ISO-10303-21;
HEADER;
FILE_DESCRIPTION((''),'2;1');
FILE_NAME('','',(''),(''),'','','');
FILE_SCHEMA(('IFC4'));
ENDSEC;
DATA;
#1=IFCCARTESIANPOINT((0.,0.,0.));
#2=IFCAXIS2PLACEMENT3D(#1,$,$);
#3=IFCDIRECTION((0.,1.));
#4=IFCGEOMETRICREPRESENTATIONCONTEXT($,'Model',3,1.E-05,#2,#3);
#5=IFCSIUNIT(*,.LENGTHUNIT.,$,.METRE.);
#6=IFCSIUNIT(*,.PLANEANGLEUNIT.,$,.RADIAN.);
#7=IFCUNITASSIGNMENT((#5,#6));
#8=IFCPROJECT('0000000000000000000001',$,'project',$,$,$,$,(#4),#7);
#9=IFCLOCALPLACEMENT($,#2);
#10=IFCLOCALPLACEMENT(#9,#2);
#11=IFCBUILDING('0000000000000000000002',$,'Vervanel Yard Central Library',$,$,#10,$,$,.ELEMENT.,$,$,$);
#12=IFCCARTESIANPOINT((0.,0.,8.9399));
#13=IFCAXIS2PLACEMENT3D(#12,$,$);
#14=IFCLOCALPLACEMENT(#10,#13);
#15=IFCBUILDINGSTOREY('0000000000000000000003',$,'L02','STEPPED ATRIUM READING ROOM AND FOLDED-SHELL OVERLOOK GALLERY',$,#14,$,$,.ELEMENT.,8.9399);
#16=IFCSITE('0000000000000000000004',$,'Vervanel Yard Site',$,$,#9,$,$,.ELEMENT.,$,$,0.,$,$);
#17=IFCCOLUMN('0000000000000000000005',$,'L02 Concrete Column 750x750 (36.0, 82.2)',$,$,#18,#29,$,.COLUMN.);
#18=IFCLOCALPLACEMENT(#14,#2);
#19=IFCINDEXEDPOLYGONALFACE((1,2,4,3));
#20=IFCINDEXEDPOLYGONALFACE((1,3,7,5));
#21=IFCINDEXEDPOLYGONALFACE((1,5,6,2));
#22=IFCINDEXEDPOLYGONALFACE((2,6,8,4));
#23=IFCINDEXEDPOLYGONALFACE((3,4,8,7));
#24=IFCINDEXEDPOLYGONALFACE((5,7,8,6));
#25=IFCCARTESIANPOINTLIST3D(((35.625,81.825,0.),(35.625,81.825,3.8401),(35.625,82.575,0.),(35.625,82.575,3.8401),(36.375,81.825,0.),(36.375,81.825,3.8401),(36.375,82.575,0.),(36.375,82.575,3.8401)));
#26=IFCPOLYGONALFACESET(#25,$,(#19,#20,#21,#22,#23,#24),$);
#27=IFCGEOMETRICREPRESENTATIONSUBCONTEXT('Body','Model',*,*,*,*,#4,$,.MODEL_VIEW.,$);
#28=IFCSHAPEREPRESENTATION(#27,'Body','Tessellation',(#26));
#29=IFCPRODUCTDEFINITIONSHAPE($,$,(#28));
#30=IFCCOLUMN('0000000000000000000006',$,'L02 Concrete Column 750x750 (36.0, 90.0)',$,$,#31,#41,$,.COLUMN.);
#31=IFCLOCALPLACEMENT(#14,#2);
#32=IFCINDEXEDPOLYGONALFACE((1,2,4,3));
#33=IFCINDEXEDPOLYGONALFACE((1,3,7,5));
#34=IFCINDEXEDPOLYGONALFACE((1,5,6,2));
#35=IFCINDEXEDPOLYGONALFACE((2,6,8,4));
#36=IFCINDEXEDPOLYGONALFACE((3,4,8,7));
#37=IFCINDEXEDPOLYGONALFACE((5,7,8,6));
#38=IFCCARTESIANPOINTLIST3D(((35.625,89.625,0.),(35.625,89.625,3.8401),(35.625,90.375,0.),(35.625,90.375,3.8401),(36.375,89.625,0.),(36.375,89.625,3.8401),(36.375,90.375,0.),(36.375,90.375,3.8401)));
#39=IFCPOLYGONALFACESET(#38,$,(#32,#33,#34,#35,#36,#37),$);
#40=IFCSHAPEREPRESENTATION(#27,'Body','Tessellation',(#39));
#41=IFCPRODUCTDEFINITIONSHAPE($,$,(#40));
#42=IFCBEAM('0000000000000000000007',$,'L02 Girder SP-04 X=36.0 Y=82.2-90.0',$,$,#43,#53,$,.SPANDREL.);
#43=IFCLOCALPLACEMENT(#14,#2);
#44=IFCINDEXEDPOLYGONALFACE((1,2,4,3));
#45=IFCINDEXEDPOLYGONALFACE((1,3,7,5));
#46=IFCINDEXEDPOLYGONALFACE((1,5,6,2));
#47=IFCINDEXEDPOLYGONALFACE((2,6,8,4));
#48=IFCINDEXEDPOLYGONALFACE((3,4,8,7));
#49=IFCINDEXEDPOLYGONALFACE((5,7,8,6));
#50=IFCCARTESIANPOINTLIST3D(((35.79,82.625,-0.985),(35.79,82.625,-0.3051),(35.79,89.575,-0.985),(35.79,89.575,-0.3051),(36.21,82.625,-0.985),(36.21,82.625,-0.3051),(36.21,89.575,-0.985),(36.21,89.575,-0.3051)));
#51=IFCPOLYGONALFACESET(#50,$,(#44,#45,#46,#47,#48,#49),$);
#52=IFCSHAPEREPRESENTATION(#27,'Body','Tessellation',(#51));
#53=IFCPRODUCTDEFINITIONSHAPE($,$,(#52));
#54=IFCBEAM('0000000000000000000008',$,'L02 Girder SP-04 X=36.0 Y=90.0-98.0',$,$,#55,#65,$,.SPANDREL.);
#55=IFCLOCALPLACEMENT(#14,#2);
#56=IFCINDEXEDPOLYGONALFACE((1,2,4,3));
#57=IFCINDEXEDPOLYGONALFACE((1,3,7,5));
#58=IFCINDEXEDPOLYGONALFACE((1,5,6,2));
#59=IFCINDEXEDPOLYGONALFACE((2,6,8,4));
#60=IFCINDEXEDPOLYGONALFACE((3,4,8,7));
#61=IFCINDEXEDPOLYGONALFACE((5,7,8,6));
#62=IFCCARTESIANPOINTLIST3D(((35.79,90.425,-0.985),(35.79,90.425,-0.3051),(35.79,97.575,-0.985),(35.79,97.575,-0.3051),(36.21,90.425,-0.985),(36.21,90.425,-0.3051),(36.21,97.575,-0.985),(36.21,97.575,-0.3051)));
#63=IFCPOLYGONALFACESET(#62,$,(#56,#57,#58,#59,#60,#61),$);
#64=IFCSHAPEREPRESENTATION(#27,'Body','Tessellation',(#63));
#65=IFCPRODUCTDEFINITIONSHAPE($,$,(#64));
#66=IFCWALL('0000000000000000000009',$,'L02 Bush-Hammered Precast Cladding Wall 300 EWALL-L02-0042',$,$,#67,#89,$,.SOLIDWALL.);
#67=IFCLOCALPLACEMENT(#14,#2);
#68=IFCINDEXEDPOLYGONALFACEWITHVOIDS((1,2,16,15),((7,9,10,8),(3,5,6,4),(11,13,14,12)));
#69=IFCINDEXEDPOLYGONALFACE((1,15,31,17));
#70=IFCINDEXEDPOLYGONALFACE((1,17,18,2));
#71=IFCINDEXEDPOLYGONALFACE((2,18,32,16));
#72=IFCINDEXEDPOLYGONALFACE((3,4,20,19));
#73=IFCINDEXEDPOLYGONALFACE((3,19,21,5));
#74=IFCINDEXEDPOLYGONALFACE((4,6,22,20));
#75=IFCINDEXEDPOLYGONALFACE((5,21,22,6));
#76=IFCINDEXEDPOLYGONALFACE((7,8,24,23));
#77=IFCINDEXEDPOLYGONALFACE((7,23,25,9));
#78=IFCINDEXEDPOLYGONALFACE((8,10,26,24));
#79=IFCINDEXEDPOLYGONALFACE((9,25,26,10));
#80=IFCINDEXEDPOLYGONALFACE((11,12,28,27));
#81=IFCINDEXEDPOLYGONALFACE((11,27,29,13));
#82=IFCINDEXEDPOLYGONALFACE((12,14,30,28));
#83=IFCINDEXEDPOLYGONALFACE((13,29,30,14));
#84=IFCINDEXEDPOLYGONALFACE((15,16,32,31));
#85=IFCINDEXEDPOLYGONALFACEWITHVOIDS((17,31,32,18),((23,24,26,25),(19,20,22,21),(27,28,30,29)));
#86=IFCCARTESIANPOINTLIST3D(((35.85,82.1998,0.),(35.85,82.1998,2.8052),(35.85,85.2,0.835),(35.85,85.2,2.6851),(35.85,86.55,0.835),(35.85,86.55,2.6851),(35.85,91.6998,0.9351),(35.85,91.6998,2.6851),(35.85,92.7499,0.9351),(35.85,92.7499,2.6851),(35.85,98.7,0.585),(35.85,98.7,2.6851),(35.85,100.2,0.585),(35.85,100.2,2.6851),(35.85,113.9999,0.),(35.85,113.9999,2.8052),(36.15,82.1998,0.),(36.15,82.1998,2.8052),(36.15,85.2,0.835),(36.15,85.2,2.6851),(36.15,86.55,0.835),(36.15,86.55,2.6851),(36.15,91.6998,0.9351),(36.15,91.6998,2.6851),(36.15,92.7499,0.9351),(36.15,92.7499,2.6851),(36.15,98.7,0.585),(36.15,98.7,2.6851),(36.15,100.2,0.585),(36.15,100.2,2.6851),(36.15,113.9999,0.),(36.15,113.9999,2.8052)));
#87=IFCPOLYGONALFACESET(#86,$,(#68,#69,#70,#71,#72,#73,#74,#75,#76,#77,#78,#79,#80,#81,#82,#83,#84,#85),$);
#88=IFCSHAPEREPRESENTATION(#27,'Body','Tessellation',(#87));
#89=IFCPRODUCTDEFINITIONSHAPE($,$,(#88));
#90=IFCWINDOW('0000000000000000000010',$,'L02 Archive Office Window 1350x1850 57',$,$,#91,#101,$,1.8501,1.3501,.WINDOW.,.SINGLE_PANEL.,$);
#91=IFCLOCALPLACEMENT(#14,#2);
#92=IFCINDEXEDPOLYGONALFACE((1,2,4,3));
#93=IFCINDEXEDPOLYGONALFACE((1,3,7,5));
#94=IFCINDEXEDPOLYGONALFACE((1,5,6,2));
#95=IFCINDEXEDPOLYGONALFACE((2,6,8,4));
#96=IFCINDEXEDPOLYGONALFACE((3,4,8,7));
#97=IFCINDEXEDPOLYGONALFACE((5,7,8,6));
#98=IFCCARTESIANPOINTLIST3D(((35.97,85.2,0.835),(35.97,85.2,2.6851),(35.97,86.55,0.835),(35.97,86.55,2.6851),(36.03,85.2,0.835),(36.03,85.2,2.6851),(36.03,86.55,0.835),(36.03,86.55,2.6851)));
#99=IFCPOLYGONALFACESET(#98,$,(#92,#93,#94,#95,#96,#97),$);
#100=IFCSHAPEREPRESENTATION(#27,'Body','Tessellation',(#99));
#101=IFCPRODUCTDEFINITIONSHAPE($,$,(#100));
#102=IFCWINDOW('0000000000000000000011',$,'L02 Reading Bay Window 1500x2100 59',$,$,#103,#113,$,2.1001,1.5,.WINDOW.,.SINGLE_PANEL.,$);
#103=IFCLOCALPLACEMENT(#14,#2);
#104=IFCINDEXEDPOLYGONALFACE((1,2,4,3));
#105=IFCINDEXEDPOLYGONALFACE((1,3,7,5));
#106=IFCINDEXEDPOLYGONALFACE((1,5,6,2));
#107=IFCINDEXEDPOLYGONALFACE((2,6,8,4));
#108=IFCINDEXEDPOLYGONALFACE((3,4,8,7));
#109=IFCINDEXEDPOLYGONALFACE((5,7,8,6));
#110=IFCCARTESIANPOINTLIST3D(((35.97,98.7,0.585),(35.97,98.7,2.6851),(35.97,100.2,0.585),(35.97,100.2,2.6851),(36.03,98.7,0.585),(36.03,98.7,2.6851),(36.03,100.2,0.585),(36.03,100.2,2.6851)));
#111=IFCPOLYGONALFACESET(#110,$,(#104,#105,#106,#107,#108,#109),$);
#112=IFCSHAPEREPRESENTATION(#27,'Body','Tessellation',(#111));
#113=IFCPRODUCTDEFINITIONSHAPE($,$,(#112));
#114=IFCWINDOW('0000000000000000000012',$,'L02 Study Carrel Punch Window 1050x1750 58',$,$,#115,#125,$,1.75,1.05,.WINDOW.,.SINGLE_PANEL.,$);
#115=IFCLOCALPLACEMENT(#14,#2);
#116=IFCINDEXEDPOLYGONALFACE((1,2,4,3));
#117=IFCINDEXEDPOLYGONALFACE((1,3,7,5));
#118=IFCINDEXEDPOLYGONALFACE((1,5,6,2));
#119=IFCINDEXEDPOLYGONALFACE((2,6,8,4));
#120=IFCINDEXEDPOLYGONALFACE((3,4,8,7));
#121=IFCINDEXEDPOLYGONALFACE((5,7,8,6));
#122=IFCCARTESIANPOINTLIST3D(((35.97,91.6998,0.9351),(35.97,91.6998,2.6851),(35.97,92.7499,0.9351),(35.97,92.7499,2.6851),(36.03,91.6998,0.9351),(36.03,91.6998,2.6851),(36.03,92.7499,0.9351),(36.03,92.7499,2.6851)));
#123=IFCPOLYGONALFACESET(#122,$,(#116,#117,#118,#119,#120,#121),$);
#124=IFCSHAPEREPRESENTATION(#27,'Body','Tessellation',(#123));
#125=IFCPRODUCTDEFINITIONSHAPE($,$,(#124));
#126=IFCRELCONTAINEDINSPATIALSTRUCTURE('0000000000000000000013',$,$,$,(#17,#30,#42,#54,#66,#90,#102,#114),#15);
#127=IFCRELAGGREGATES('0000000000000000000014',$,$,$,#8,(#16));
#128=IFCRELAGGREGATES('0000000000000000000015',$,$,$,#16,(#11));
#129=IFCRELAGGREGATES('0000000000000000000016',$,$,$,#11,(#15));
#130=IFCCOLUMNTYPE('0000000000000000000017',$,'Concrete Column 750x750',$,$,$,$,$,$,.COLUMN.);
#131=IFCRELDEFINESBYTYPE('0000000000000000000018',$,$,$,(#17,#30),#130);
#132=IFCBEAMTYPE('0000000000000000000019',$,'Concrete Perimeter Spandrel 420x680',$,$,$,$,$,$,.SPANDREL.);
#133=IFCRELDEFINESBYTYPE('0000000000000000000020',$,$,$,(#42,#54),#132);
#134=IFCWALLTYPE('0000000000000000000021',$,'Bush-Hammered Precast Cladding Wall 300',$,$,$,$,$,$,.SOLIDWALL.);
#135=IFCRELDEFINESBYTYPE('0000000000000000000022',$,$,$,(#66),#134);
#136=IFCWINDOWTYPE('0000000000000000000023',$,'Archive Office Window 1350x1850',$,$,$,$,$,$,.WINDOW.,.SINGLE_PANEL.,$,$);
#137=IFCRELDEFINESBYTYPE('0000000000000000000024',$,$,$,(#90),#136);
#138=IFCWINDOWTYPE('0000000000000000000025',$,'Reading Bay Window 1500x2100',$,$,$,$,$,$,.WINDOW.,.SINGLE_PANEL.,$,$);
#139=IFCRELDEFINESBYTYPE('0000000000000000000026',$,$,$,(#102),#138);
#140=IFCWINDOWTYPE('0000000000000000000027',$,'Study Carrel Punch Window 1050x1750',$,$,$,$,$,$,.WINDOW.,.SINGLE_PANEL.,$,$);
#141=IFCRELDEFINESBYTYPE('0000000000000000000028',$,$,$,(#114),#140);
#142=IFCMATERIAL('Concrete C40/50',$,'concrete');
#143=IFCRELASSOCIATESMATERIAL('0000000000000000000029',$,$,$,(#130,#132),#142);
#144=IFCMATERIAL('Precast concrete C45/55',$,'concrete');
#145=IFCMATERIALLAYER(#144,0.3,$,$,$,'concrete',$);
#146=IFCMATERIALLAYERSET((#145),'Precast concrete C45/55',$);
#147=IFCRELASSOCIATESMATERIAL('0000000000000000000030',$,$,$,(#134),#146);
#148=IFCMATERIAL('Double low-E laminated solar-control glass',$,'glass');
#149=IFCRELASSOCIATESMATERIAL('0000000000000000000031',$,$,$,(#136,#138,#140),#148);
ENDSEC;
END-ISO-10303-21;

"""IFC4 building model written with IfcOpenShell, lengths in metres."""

from ifc_helpers import new_model, si_unit, direction, frame, frame_2d, origin, origin_2d, place, context, subcontext, project, spatial, rectangle, extrude, material, layer, layer_set, material_profile, profile_set, type_object, element, fill, save


model = new_model("IFC4")

# Units and contexts
model_context = context("Model", 3, precision=1e-05, world=origin(), true_north=direction((0.0, 1.0)))
body_context = subcontext(model_context, "Body", "Model", "MODEL_VIEW")
ifc_project = project(units=[si_unit("LENGTHUNIT", "METRE"), si_unit("PLANEANGLEUNIT", "RADIAN")], contexts=[model_context])

# Site, building, storey
site_placement = place(None, origin())
site = spatial("IfcSite", under=ifc_project, at=site_placement, Name="Vervanel Yard Site", CompositionType="ELEMENT", RefElevation=0.0)
building_placement = place(site_placement, origin())
building = spatial("IfcBuilding", under=site, at=building_placement, Name="Vervanel Yard Central Library", CompositionType="ELEMENT")
storey_placement = place(building_placement, frame((0.0, 0.0, 8.9399)))
storey = spatial("IfcBuildingStorey", under=building, at=storey_placement, Name="L02", Description="STEPPED ATRIUM READING ROOM AND FOLDED-SHELL OVERLOOK GALLERY", CompositionType="ELEMENT", Elevation=8.9399)

# Columns
ifc_material_1 = material(Name="Concrete C40/50", Category="concrete")
ifc_material_profile_1 = material_profile(ifc_material_1, rectangle(XDim=0.75, YDim=0.75, at=origin_2d()), Name="RC 750x750", Category="concrete")
ifc_profile_set_1 = profile_set([ifc_material_profile_1], Name="Concrete C40/50")
column_type = type_object("IfcColumnType", Name="Concrete Column 750x750", PredefinedType="COLUMN", material=ifc_profile_set_1)
for number, where, z_axis, x_axis, name in (
    (1, (36.0, 82.2, 0.0), (0.0, 0.0, 1.0), (1.0, 0.0, 0.0), "L02 Concrete Column 750x750 (36.0, 82.2)"),
    (2, (36.0, 90.0, 0.0), (0.0, 0.0, 1.0), (1.0, 0.0, 0.0), "L02 Concrete Column 750x750 (36.0, 90.0)"),
):
    element("IfcColumn", number, at=place(storey_placement, frame(where, z_axis=z_axis, x_axis=x_axis)), inside=storey, type_object=column_type, Name=name, PredefinedType="COLUMN", context=body_context, shape_type="SweptSolid", body=[
        extrude(rectangle(XDim=0.75, YDim=0.75, at=origin_2d()), origin(), (0.0, 0.0, 1.0), 3.8401),
    ])

# Beams
ifc_material_profile_2 = material_profile(ifc_material_1, rectangle(XDim=0.4199, YDim=0.6799, at=origin_2d()), Name="RC 420x680", Category="concrete")
ifc_profile_set_2 = profile_set([ifc_material_profile_2], Name="Concrete C40/50")
beam_type = type_object("IfcBeamType", Name="Concrete Perimeter Spandrel 420x680", PredefinedType="SPANDREL", material=ifc_profile_set_2)
beam_1_placement = place(storey_placement, frame((36.0, 82.625, -0.645), z_axis=(0.0, 1.0, 0.0), x_axis=(-1.0, 0.0, 0.0)))
element("IfcBeam", 3, at=beam_1_placement, inside=storey, type_object=beam_type, Name="L02 Girder SP-04 X=36.0 Y=82.2-90.0", PredefinedType="SPANDREL", context=body_context, shape_type="SweptSolid", body=[
    extrude(rectangle(XDim=0.4199, YDim=0.6799, at=origin_2d()), origin(), (0.0, 0.0, 1.0), 6.95),
])
beam_2_placement = place(storey_placement, frame((36.0, 90.425, -0.645), z_axis=(0.0, 1.0, 0.0), x_axis=(-1.0, 0.0, 0.0)))
element("IfcBeam", 4, at=beam_2_placement, inside=storey, type_object=beam_type, Name="L02 Girder SP-04 X=36.0 Y=90.0-98.0", PredefinedType="SPANDREL", context=body_context, shape_type="SweptSolid", body=[
    extrude(rectangle(XDim=0.4199, YDim=0.6799, at=origin_2d()), origin(), (0.0, 0.0, 1.0), 7.1499),
])

# Wall, openings, windows
ifc_material_2 = material(Name="Precast concrete C45/55", Category="concrete")
ifc_layer_1 = layer(ifc_material_2, 0.3, Category="concrete")
ifc_layer_set_1 = layer_set([ifc_layer_1], Name="Precast concrete C45/55")
wall_type_1 = type_object("IfcWallType", Name="Bush-Hammered Precast Cladding Wall 300", PredefinedType="SOLIDWALL", material=ifc_layer_set_1)
wall_1_placement = place(storey_placement, frame((36.0, 82.2, 0.0), z_axis=(0.0, 0.0, 1.0), x_axis=(0.0, 1.0, 0.0)))
wall_1 = element("IfcWall", 5, at=wall_1_placement, inside=storey, type_object=wall_type_1, Name="L02 Bush-Hammered Precast Cladding Wall 300 EWALL-L02-0042", PredefinedType="SOLIDWALL", context=body_context, shape_type="SweptSolid", body=[
    extrude(rectangle(XDim=31.8, YDim=0.3, at=frame_2d((15.8999, 0.0))), origin(), (0.0, 0.0, 1.0), 2.8052),
])
opening_1_placement = place(wall_1_placement, frame((3.0, 0.0, 0.835)))
opening_1 = element("IfcOpeningElement", 6, at=opening_1_placement, cuts=wall_1, PredefinedType="OPENING", context=body_context, shape_type="SweptSolid", body=[
    extrude(rectangle(XDim=1.3501, YDim=1.8501, at=frame_2d((0.675, 0.925))), frame((0.0, 0.1599, 0.0), z_axis=(0.0, -1.0, 0.0), x_axis=(1.0, 0.0, 0.0)), (0.0, 0.0, 1.0), 0.3201),
])
opening_2_placement = place(wall_1_placement, frame((9.5, 0.0, 0.9351)))
opening_2 = element("IfcOpeningElement", 7, at=opening_2_placement, cuts=wall_1, PredefinedType="OPENING", context=body_context, shape_type="SweptSolid", body=[
    extrude(rectangle(XDim=1.05, YDim=1.75, at=frame_2d((0.5249, 0.875))), frame((0.0, 0.1599, 0.0), z_axis=(0.0, -1.0, 0.0), x_axis=(1.0, 0.0, 0.0)), (0.0, 0.0, 1.0), 0.3201),
])
opening_3_placement = place(wall_1_placement, frame((16.5, 0.0, 0.585)))
opening_3 = element("IfcOpeningElement", 8, at=opening_3_placement, cuts=wall_1, PredefinedType="OPENING", context=body_context, shape_type="SweptSolid", body=[
    extrude(rectangle(XDim=1.5, YDim=2.1001, at=frame_2d((0.75, 1.05))), frame((0.0, 0.1599, 0.0), z_axis=(0.0, -1.0, 0.0), x_axis=(1.0, 0.0, 0.0)), (0.0, 0.0, 1.0), 0.3201),
])
ifc_material_3 = material(Name="Double low-E laminated solar-control glass", Category="glass")
window_type_1 = type_object("IfcWindowType", Name="Archive Office Window 1350x1850", PartitioningType="SINGLE_PANEL", PredefinedType="WINDOW", material=ifc_material_3)
window_1_placement = place(opening_1_placement, origin())
window_1 = element("IfcWindow", 9, at=window_1_placement, inside=storey, type_object=window_type_1, Name="L02 Archive Office Window 1350x1850 57", OverallHeight=1.8501, OverallWidth=1.3501, PartitioningType="SINGLE_PANEL", PredefinedType="WINDOW", context=body_context, shape_type="SweptSolid", body=[
    extrude(rectangle(XDim=1.3501, YDim=1.8501, at=frame_2d((0.675, 0.925))), frame((0.0, 0.03, 0.0), z_axis=(0.0, -1.0, 0.0), x_axis=(1.0, 0.0, 0.0)), (0.0, 0.0, 1.0), 0.0601),
])
fill(opening_1, window_1)
window_type_2 = type_object("IfcWindowType", Name="Reading Bay Window 1500x2100", PartitioningType="SINGLE_PANEL", PredefinedType="WINDOW", material=ifc_material_3)
window_2_placement = place(opening_3_placement, origin())
window_2 = element("IfcWindow", 10, at=window_2_placement, inside=storey, type_object=window_type_2, Name="L02 Reading Bay Window 1500x2100 59", OverallHeight=2.1001, OverallWidth=1.5, PartitioningType="SINGLE_PANEL", PredefinedType="WINDOW", context=body_context, shape_type="SweptSolid", body=[
    extrude(rectangle(XDim=1.5, YDim=2.1001, at=frame_2d((0.75, 1.05))), frame((0.0, 0.03, 0.0), z_axis=(0.0, -1.0, 0.0), x_axis=(1.0, 0.0, 0.0)), (0.0, 0.0, 1.0), 0.0601),
])
fill(opening_3, window_2)
window_type_3 = type_object("IfcWindowType", Name="Study Carrel Punch Window 1050x1750", PartitioningType="SINGLE_PANEL", PredefinedType="WINDOW", material=ifc_material_3)
window_3_placement = place(opening_2_placement, origin())
window_3 = element("IfcWindow", 11, at=window_3_placement, inside=storey, type_object=window_type_3, Name="L02 Study Carrel Punch Window 1050x1750 58", OverallHeight=1.75, OverallWidth=1.05, PartitioningType="SINGLE_PANEL", PredefinedType="WINDOW", context=body_context, shape_type="SweptSolid", body=[
    extrude(rectangle(XDim=1.05, YDim=1.75, at=frame_2d((0.5249, 0.875))), frame((0.0, 0.03, 0.0), z_axis=(0.0, -1.0, 0.0), x_axis=(1.0, 0.0, 0.0)), (0.0, 0.0, 1.0), 0.0601),
])
fill(opening_2, window_3)

save(model, "model.ifc")
